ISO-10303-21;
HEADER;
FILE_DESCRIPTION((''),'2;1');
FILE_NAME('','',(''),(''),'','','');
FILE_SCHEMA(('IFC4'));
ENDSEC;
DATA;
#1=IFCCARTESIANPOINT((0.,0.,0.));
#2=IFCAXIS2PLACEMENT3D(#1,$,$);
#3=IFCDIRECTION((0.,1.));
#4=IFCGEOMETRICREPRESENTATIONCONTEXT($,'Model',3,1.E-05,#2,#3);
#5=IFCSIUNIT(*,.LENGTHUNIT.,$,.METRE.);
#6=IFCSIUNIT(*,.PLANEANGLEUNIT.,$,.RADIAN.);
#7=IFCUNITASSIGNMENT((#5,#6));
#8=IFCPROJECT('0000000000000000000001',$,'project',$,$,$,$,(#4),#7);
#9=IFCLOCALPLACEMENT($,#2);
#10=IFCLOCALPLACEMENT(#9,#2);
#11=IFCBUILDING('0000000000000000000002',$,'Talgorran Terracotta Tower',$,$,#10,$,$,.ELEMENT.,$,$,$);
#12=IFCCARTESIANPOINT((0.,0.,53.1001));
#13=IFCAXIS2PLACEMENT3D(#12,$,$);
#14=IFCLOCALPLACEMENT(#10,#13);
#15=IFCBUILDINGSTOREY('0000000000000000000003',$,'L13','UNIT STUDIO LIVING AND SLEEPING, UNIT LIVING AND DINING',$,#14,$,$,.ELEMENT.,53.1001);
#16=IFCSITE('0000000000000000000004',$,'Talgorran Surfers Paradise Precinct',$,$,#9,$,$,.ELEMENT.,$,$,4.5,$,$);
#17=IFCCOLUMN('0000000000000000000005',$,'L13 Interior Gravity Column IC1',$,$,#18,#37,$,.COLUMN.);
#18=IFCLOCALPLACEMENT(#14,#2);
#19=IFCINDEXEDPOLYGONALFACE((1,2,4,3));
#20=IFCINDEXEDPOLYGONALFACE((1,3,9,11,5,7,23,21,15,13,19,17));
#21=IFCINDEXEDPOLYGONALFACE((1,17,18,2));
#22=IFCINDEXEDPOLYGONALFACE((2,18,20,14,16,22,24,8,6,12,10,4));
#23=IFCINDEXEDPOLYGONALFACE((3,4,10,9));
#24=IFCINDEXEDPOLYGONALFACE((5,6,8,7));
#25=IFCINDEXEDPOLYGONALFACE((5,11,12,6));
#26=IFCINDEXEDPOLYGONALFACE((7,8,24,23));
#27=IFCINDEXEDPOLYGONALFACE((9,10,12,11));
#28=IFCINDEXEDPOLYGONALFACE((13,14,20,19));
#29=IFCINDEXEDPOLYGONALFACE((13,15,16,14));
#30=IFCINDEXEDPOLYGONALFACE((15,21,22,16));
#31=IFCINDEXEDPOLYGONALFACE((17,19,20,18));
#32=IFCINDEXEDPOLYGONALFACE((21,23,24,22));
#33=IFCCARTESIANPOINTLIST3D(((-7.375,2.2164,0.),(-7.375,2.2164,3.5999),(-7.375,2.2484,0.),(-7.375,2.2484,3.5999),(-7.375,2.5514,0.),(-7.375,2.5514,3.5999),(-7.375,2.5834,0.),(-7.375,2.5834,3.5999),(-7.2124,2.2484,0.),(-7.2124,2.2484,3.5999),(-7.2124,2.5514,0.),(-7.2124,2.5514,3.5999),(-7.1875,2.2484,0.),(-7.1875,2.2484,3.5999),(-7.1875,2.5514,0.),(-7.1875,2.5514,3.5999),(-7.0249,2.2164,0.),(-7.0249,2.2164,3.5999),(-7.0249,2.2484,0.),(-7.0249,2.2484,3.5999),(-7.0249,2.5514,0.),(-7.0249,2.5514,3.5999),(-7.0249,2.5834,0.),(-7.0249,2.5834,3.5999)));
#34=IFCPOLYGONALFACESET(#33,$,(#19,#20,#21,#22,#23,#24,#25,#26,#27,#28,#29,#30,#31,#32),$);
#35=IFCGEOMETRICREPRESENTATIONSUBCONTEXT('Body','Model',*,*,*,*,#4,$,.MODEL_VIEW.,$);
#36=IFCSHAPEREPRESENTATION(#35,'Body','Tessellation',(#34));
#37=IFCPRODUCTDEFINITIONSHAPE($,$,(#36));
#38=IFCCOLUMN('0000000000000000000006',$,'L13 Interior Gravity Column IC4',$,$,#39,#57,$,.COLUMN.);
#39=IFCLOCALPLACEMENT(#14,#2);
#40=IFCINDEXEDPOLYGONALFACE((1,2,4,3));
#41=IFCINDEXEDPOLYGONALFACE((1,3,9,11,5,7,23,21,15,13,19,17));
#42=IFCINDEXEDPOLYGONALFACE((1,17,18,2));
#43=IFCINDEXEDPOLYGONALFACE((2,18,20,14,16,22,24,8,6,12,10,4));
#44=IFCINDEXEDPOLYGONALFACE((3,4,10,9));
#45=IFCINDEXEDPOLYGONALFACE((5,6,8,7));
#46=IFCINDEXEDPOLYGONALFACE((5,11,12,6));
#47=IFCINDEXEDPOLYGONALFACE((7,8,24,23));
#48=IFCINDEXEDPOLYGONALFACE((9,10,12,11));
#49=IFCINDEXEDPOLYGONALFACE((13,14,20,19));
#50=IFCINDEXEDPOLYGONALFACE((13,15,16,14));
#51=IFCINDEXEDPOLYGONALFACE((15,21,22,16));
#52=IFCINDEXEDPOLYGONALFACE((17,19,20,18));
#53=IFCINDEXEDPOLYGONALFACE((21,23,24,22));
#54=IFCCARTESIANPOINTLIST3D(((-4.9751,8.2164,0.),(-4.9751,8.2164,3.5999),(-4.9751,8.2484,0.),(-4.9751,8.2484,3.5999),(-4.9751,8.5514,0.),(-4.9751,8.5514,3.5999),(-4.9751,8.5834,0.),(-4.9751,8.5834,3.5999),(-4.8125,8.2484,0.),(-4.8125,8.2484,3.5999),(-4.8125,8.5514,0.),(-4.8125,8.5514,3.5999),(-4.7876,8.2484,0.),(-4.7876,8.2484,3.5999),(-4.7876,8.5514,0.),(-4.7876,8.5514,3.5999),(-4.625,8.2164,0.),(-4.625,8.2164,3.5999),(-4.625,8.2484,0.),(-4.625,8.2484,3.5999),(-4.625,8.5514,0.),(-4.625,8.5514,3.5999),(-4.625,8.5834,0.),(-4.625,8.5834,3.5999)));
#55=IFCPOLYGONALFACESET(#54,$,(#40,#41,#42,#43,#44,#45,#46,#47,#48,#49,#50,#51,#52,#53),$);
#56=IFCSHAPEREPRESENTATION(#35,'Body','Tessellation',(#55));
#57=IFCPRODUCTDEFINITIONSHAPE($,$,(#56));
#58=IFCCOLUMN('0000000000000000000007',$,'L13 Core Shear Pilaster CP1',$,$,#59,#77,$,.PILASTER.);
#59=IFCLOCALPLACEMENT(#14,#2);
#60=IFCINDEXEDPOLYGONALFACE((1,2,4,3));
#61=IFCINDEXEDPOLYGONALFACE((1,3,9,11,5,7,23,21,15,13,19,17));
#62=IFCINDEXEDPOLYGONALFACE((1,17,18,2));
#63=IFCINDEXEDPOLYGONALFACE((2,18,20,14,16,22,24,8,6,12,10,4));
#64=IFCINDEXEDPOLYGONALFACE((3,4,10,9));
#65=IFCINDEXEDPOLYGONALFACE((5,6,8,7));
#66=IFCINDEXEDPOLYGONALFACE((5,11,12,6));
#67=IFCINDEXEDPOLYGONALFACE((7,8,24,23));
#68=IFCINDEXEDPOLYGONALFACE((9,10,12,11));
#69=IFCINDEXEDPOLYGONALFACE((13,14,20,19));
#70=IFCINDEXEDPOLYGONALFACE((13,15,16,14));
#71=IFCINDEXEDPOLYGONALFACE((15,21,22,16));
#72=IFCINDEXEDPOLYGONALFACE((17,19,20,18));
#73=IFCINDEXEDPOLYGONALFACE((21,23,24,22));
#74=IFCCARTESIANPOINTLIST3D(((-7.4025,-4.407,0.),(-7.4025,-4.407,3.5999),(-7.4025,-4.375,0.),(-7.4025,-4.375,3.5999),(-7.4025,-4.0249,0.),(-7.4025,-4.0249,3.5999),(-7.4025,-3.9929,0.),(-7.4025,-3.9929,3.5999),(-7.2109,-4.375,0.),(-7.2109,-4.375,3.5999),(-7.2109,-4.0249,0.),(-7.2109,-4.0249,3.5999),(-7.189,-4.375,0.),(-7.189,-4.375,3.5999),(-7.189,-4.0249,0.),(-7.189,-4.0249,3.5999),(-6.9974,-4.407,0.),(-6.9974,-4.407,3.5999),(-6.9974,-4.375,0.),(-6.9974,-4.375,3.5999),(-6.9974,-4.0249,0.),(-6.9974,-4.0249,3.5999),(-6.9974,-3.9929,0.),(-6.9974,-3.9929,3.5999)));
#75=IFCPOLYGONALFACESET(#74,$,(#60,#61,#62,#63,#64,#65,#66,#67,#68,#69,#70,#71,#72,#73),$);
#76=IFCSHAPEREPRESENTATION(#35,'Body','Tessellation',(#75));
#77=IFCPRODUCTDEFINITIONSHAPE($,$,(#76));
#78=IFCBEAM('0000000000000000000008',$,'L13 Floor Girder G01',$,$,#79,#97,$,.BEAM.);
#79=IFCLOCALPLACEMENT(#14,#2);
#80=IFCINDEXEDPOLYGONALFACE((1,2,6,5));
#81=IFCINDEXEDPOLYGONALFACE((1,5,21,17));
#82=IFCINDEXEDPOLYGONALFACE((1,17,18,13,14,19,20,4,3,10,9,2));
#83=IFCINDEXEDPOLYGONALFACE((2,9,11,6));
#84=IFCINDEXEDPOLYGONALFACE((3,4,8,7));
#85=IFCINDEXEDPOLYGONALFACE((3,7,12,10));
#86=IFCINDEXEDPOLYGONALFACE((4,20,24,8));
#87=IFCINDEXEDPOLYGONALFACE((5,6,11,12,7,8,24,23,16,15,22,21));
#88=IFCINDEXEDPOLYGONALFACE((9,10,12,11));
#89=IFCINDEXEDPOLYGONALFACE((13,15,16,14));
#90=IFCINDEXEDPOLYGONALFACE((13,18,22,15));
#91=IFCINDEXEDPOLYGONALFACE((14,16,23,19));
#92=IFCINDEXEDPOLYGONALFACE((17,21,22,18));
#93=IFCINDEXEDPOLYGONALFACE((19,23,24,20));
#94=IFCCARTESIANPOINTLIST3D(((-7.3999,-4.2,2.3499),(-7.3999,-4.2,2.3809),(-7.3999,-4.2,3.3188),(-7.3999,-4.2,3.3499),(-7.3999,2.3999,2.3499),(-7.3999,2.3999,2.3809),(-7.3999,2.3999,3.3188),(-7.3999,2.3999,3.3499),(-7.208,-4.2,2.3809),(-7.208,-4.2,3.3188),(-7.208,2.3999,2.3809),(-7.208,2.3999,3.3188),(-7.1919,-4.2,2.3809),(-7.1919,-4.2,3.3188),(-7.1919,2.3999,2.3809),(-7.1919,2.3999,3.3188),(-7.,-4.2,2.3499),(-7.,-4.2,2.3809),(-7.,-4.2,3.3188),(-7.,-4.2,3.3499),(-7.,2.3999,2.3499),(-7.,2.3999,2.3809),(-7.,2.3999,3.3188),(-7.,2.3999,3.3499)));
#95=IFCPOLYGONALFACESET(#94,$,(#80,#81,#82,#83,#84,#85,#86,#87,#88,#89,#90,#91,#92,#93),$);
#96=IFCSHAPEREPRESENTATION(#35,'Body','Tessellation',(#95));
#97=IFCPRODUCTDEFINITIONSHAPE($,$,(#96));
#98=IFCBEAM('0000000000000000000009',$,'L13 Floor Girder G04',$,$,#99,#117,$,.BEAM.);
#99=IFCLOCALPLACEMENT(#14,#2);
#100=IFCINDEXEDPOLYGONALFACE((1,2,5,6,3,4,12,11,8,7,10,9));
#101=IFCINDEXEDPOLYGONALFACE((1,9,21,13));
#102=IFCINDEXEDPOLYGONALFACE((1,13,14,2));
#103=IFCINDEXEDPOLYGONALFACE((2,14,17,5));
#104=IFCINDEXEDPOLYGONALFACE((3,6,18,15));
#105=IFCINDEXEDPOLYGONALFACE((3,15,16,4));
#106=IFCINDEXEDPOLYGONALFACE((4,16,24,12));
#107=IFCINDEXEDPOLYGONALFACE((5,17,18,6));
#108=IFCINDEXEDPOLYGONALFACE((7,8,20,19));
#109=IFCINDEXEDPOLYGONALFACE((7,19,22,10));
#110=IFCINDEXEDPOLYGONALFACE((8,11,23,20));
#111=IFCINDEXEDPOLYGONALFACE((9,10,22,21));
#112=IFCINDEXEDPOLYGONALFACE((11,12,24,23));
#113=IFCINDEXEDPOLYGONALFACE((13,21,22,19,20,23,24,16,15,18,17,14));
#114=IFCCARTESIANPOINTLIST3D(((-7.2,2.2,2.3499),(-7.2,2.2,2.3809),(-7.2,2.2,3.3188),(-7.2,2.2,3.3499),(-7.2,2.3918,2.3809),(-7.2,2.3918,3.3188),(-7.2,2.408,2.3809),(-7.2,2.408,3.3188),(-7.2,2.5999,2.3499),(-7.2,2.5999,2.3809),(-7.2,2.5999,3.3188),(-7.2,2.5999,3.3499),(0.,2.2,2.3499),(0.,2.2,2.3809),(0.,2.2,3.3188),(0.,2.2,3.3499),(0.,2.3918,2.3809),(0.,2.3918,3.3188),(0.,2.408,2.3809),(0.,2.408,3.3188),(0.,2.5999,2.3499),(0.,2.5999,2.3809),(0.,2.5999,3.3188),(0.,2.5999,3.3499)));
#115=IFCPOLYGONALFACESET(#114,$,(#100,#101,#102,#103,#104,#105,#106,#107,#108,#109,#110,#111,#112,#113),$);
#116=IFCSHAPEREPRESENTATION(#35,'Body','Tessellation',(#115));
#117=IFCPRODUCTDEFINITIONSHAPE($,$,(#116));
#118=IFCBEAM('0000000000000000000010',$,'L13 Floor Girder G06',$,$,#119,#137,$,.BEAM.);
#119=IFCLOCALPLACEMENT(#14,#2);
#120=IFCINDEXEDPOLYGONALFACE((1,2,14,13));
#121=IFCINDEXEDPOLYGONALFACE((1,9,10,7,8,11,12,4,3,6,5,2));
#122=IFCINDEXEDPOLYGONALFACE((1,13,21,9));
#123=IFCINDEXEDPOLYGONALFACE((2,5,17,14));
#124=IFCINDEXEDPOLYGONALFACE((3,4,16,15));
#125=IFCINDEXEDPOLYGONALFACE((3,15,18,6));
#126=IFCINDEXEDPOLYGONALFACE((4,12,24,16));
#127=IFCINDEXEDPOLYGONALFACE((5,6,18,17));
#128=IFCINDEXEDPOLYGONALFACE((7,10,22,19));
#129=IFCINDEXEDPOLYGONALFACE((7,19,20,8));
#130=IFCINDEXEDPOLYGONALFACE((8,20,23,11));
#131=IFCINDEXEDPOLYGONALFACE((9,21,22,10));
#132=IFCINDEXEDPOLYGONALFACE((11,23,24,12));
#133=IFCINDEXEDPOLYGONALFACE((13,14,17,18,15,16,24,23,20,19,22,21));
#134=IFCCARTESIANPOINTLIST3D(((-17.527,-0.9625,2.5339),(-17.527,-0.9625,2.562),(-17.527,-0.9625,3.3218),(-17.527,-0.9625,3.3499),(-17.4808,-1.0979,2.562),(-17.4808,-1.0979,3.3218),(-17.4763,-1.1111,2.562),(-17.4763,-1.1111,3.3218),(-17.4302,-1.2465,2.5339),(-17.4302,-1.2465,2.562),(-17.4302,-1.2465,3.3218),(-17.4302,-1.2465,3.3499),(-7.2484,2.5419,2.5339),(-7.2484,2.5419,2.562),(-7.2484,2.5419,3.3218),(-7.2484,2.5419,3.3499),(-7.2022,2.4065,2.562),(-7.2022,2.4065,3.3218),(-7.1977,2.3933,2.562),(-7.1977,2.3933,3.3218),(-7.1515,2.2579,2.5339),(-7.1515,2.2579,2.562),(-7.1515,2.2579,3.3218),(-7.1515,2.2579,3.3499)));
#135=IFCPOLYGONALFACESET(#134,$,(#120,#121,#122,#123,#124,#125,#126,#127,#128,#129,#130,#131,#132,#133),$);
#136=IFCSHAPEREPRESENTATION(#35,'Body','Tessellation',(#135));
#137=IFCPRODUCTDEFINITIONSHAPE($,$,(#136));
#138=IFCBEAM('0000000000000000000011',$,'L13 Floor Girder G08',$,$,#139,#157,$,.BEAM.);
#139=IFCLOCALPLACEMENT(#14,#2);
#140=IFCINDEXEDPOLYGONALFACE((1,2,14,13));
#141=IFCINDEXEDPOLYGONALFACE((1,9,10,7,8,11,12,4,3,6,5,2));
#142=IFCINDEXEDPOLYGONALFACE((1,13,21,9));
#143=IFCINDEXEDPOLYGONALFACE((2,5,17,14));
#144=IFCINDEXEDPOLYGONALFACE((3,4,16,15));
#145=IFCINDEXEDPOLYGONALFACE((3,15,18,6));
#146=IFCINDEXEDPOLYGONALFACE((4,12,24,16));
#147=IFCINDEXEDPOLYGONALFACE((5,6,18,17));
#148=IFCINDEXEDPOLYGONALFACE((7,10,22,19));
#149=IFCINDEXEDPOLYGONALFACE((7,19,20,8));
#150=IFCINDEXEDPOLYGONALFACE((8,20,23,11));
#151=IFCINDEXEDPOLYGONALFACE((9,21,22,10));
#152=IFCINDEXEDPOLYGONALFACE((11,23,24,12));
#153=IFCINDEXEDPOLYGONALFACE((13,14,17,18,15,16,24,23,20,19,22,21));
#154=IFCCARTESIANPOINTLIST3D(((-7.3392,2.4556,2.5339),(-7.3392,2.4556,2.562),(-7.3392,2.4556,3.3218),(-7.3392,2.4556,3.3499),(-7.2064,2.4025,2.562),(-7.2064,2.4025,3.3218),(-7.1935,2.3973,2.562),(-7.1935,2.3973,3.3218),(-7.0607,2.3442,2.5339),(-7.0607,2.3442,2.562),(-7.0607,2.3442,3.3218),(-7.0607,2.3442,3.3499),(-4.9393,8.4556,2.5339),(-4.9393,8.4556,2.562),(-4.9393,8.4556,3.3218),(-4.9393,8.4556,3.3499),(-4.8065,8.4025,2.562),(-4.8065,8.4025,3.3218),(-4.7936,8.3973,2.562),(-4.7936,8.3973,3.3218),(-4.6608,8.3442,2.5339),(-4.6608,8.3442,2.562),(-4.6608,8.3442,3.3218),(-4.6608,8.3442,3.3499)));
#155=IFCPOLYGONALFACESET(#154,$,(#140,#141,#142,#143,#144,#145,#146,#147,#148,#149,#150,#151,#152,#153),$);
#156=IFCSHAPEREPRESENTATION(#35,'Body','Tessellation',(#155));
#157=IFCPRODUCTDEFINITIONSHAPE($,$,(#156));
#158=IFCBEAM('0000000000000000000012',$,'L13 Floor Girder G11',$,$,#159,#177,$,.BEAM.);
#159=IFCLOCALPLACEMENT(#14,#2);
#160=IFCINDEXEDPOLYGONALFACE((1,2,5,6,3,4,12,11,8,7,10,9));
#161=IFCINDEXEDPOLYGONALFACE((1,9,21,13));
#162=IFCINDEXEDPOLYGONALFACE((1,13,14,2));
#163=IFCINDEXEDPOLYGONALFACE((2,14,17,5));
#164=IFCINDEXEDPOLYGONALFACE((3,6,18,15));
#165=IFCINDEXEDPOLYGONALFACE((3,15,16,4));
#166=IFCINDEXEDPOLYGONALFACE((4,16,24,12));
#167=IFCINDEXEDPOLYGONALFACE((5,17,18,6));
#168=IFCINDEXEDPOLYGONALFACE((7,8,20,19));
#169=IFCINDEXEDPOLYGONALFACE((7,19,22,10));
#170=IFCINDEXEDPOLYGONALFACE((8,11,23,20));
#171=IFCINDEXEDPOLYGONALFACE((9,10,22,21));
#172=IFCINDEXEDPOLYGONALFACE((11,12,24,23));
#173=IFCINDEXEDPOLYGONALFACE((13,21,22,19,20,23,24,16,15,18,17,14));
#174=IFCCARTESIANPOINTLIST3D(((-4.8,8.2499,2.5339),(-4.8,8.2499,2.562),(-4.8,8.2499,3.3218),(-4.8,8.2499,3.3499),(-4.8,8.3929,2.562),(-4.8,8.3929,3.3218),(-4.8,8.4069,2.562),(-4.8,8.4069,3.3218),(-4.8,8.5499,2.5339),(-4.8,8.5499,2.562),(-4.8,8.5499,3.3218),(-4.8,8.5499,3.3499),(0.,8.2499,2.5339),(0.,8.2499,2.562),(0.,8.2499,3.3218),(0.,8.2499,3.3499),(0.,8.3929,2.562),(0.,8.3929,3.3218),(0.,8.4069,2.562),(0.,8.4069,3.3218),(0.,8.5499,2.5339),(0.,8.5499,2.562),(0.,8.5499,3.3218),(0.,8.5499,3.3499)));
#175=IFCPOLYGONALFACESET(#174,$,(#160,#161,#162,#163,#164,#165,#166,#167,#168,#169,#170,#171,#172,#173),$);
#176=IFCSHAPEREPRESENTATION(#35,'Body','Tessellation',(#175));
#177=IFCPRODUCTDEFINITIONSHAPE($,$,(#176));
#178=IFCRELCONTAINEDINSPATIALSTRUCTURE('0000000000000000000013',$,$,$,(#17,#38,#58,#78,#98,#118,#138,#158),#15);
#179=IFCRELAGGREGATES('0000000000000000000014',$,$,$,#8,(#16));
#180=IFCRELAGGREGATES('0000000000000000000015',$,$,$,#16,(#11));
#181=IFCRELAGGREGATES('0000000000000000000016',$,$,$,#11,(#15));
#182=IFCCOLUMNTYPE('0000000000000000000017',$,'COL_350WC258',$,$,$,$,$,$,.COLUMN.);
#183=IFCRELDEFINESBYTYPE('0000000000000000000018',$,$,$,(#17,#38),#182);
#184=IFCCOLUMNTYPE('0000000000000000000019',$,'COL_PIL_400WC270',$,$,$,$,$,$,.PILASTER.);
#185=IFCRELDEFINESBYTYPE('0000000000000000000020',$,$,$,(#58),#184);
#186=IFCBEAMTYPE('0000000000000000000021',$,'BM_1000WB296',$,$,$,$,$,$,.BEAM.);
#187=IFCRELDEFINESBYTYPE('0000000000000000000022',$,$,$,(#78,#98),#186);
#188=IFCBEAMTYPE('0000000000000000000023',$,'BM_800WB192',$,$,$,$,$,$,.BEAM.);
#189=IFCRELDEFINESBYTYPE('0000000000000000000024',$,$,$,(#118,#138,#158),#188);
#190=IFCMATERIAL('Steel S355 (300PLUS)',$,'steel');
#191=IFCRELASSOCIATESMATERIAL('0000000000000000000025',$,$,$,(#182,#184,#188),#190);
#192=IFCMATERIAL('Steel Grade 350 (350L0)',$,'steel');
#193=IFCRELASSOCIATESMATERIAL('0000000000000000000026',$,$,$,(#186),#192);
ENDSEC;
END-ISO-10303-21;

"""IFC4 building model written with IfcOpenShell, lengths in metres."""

from ifc_helpers import new_model, si_unit, direction, frame, origin, origin_2d, place, context, subcontext, project, spatial, i_section, extrude, material, material_profile, profile_set, type_object, element, save


model = new_model("IFC4")

# Units and contexts
model_context = context("Model", 3, precision=1e-05, world=origin(), true_north=direction((0.0, 1.0)))
body_context = subcontext(model_context, "Body", "Model", "MODEL_VIEW")
ifc_project = project(units=[si_unit("LENGTHUNIT", "METRE"), si_unit("PLANEANGLEUNIT", "RADIAN")], contexts=[model_context])

# Site, building, storey
site_placement = place(None, origin())
site = spatial("IfcSite", under=ifc_project, at=site_placement, Name="Talgorran Surfers Paradise Precinct", CompositionType="ELEMENT", RefElevation=4.5)
building_placement = place(site_placement, origin())
building = spatial("IfcBuilding", under=site, at=building_placement, Name="Talgorran Terracotta Tower", CompositionType="ELEMENT")
storey_placement = place(building_placement, frame((0.0, 0.0, 53.1001)))
storey = spatial("IfcBuildingStorey", under=building, at=storey_placement, Name="L13", Description="UNIT STUDIO LIVING AND SLEEPING, UNIT LIVING AND DINING", CompositionType="ELEMENT", Elevation=53.1001)

# Columns
ifc_material_1 = material(Name="Steel S355 (300PLUS)", Category="steel")
ifc_material_profile_1 = material_profile(ifc_material_1, i_section(OverallWidth=0.3501, OverallDepth=0.3669, WebThickness=0.0249, FlangeThickness=0.032, at=origin_2d()), Name="350WC258")
ifc_profile_set_1 = profile_set([ifc_material_profile_1], Name="Steel S355 (300PLUS)")
column_type_1 = type_object("IfcColumnType", Name="COL_350WC258", PredefinedType="COLUMN", material=ifc_profile_set_1)
for number, where, z_axis, x_axis, name in (
    (1, (-7.2, 2.3999, 0.0), (0.0, 0.0, 1.0), (1.0, 0.0, 0.0), "L13 Interior Gravity Column IC1"),
    (2, (-4.8, 8.3999, 0.0), (0.0, 0.0, 1.0), (1.0, 0.0, 0.0), "L13 Interior Gravity Column IC4"),
):
    element("IfcColumn", number, at=place(storey_placement, frame(where, z_axis=z_axis, x_axis=x_axis)), inside=storey, type_object=column_type_1, Name=name, PredefinedType="COLUMN", context=body_context, shape_type="SweptSolid", body=[
        extrude(i_section(OverallWidth=0.3501, OverallDepth=0.3669, WebThickness=0.0249, FlangeThickness=0.032, at=origin_2d()), origin(), (0.0, 0.0, 1.0), 3.5999),
    ])
ifc_material_profile_2 = material_profile(ifc_material_1, i_section(OverallWidth=0.405, OverallDepth=0.4141, WebThickness=0.022, FlangeThickness=0.032, at=origin_2d()), Name="400WC270")
ifc_profile_set_2 = profile_set([ifc_material_profile_2], Name="Steel S355 (300PLUS)")
column_type_2 = type_object("IfcColumnType", Name="COL_PIL_400WC270", PredefinedType="PILASTER", material=ifc_profile_set_2)
column_placement = place(storey_placement, frame((-7.2, -4.2, 0.0), z_axis=(0.0, 0.0, 1.0), x_axis=(1.0, 0.0, 0.0)))
element("IfcColumn", 3, at=column_placement, inside=storey, type_object=column_type_2, Name="L13 Core Shear Pilaster CP1", PredefinedType="PILASTER", context=body_context, shape_type="SweptSolid", body=[
    extrude(i_section(OverallWidth=0.405, OverallDepth=0.4141, WebThickness=0.022, FlangeThickness=0.032, at=origin_2d()), origin(), (0.0, 0.0, 1.0), 3.5999),
])

# Beams
ifc_material_2 = material(Name="Steel Grade 350 (350L0)", Category="steel")
ifc_material_profile_3 = material_profile(ifc_material_2, i_section(OverallWidth=0.3999, OverallDepth=1.0, WebThickness=0.0161, FlangeThickness=0.031, at=origin_2d()), Name="1000WB296")
ifc_profile_set_3 = profile_set([ifc_material_profile_3], Name="Steel Grade 350 (350L0)")
beam_type_1 = type_object("IfcBeamType", Name="BM_1000WB296", PredefinedType="BEAM", material=ifc_profile_set_3)
beam_1_placement = place(storey_placement, frame((-7.2, -4.2, 2.8499), z_axis=(0.0, 1.0, 0.0), x_axis=(-1.0, 0.0, 0.0)))
element("IfcBeam", 4, at=beam_1_placement, inside=storey, type_object=beam_type_1, Name="L13 Floor Girder G01", PredefinedType="BEAM", context=body_context, shape_type="SweptSolid", body=[
    extrude(i_section(OverallWidth=0.3999, OverallDepth=1.0, WebThickness=0.0161, FlangeThickness=0.031, at=origin_2d()), origin(), (0.0, 0.0, 1.0), 6.5999),
])
beam_2_placement = place(storey_placement, frame((-7.2, 2.3999, 2.8499), z_axis=(1.0, 0.0, 0.0), x_axis=(0.0, 1.0, 0.0)))
element("IfcBeam", 5, at=beam_2_placement, inside=storey, type_object=beam_type_1, Name="L13 Floor Girder G04", PredefinedType="BEAM", context=body_context, shape_type="SweptSolid", body=[
    extrude(i_section(OverallWidth=0.3999, OverallDepth=1.0, WebThickness=0.0161, FlangeThickness=0.031, at=origin_2d()), origin(), (0.0, 0.0, 1.0), 7.2),
])
ifc_material_profile_4 = material_profile(ifc_material_1, i_section(OverallWidth=0.3, OverallDepth=0.8159, WebThickness=0.0139, FlangeThickness=0.0281, at=origin_2d()), Name="800WB192")
ifc_profile_set_4 = profile_set([ifc_material_profile_4], Name="Steel S355 (300PLUS)")
beam_type_2 = type_object("IfcBeamType", Name="BM_800WB192", PredefinedType="BEAM", material=ifc_profile_set_4)
beam_3_placement = place(storey_placement, frame((-7.2, 2.3999, 2.9419), z_axis=(-0.946501, -0.322702, 0.0), x_axis=(0.322702, -0.946501, 0.0)))
element("IfcBeam", 6, at=beam_3_placement, inside=storey, type_object=beam_type_2, Name="L13 Floor Girder G06", PredefinedType="BEAM", context=body_context, shape_type="SweptSolid", body=[
    extrude(i_section(OverallWidth=0.3, OverallDepth=0.8159, WebThickness=0.0139, FlangeThickness=0.0281, at=origin_2d()), origin(), (0.0, 0.0, 1.0), 10.8596),
])
beam_4_placement = place(storey_placement, frame((-7.2, 2.3999, 2.9419), z_axis=(0.371378, 0.928482, 0.0), x_axis=(-0.928482, 0.371378, 0.0)))
element("IfcBeam", 7, at=beam_4_placement, inside=storey, type_object=beam_type_2, Name="L13 Floor Girder G08", PredefinedType="BEAM", context=body_context, shape_type="SweptSolid", body=[
    extrude(i_section(OverallWidth=0.3, OverallDepth=0.8159, WebThickness=0.0139, FlangeThickness=0.0281, at=origin_2d()), origin(), (0.0, 0.0, 1.0), 6.4622),
])
beam_5_placement = place(storey_placement, frame((-4.8, 8.3999, 2.9419), z_axis=(1.0, 0.0, 0.0), x_axis=(0.0, 1.0, 0.0)))
element("IfcBeam", 8, at=beam_5_placement, inside=storey, type_object=beam_type_2, Name="L13 Floor Girder G11", PredefinedType="BEAM", context=body_context, shape_type="SweptSolid", body=[
    extrude(i_section(OverallWidth=0.3, OverallDepth=0.8159, WebThickness=0.0139, FlangeThickness=0.0281, at=origin_2d()), origin(), (0.0, 0.0, 1.0), 4.8),
])

save(model, "model.ifc")
